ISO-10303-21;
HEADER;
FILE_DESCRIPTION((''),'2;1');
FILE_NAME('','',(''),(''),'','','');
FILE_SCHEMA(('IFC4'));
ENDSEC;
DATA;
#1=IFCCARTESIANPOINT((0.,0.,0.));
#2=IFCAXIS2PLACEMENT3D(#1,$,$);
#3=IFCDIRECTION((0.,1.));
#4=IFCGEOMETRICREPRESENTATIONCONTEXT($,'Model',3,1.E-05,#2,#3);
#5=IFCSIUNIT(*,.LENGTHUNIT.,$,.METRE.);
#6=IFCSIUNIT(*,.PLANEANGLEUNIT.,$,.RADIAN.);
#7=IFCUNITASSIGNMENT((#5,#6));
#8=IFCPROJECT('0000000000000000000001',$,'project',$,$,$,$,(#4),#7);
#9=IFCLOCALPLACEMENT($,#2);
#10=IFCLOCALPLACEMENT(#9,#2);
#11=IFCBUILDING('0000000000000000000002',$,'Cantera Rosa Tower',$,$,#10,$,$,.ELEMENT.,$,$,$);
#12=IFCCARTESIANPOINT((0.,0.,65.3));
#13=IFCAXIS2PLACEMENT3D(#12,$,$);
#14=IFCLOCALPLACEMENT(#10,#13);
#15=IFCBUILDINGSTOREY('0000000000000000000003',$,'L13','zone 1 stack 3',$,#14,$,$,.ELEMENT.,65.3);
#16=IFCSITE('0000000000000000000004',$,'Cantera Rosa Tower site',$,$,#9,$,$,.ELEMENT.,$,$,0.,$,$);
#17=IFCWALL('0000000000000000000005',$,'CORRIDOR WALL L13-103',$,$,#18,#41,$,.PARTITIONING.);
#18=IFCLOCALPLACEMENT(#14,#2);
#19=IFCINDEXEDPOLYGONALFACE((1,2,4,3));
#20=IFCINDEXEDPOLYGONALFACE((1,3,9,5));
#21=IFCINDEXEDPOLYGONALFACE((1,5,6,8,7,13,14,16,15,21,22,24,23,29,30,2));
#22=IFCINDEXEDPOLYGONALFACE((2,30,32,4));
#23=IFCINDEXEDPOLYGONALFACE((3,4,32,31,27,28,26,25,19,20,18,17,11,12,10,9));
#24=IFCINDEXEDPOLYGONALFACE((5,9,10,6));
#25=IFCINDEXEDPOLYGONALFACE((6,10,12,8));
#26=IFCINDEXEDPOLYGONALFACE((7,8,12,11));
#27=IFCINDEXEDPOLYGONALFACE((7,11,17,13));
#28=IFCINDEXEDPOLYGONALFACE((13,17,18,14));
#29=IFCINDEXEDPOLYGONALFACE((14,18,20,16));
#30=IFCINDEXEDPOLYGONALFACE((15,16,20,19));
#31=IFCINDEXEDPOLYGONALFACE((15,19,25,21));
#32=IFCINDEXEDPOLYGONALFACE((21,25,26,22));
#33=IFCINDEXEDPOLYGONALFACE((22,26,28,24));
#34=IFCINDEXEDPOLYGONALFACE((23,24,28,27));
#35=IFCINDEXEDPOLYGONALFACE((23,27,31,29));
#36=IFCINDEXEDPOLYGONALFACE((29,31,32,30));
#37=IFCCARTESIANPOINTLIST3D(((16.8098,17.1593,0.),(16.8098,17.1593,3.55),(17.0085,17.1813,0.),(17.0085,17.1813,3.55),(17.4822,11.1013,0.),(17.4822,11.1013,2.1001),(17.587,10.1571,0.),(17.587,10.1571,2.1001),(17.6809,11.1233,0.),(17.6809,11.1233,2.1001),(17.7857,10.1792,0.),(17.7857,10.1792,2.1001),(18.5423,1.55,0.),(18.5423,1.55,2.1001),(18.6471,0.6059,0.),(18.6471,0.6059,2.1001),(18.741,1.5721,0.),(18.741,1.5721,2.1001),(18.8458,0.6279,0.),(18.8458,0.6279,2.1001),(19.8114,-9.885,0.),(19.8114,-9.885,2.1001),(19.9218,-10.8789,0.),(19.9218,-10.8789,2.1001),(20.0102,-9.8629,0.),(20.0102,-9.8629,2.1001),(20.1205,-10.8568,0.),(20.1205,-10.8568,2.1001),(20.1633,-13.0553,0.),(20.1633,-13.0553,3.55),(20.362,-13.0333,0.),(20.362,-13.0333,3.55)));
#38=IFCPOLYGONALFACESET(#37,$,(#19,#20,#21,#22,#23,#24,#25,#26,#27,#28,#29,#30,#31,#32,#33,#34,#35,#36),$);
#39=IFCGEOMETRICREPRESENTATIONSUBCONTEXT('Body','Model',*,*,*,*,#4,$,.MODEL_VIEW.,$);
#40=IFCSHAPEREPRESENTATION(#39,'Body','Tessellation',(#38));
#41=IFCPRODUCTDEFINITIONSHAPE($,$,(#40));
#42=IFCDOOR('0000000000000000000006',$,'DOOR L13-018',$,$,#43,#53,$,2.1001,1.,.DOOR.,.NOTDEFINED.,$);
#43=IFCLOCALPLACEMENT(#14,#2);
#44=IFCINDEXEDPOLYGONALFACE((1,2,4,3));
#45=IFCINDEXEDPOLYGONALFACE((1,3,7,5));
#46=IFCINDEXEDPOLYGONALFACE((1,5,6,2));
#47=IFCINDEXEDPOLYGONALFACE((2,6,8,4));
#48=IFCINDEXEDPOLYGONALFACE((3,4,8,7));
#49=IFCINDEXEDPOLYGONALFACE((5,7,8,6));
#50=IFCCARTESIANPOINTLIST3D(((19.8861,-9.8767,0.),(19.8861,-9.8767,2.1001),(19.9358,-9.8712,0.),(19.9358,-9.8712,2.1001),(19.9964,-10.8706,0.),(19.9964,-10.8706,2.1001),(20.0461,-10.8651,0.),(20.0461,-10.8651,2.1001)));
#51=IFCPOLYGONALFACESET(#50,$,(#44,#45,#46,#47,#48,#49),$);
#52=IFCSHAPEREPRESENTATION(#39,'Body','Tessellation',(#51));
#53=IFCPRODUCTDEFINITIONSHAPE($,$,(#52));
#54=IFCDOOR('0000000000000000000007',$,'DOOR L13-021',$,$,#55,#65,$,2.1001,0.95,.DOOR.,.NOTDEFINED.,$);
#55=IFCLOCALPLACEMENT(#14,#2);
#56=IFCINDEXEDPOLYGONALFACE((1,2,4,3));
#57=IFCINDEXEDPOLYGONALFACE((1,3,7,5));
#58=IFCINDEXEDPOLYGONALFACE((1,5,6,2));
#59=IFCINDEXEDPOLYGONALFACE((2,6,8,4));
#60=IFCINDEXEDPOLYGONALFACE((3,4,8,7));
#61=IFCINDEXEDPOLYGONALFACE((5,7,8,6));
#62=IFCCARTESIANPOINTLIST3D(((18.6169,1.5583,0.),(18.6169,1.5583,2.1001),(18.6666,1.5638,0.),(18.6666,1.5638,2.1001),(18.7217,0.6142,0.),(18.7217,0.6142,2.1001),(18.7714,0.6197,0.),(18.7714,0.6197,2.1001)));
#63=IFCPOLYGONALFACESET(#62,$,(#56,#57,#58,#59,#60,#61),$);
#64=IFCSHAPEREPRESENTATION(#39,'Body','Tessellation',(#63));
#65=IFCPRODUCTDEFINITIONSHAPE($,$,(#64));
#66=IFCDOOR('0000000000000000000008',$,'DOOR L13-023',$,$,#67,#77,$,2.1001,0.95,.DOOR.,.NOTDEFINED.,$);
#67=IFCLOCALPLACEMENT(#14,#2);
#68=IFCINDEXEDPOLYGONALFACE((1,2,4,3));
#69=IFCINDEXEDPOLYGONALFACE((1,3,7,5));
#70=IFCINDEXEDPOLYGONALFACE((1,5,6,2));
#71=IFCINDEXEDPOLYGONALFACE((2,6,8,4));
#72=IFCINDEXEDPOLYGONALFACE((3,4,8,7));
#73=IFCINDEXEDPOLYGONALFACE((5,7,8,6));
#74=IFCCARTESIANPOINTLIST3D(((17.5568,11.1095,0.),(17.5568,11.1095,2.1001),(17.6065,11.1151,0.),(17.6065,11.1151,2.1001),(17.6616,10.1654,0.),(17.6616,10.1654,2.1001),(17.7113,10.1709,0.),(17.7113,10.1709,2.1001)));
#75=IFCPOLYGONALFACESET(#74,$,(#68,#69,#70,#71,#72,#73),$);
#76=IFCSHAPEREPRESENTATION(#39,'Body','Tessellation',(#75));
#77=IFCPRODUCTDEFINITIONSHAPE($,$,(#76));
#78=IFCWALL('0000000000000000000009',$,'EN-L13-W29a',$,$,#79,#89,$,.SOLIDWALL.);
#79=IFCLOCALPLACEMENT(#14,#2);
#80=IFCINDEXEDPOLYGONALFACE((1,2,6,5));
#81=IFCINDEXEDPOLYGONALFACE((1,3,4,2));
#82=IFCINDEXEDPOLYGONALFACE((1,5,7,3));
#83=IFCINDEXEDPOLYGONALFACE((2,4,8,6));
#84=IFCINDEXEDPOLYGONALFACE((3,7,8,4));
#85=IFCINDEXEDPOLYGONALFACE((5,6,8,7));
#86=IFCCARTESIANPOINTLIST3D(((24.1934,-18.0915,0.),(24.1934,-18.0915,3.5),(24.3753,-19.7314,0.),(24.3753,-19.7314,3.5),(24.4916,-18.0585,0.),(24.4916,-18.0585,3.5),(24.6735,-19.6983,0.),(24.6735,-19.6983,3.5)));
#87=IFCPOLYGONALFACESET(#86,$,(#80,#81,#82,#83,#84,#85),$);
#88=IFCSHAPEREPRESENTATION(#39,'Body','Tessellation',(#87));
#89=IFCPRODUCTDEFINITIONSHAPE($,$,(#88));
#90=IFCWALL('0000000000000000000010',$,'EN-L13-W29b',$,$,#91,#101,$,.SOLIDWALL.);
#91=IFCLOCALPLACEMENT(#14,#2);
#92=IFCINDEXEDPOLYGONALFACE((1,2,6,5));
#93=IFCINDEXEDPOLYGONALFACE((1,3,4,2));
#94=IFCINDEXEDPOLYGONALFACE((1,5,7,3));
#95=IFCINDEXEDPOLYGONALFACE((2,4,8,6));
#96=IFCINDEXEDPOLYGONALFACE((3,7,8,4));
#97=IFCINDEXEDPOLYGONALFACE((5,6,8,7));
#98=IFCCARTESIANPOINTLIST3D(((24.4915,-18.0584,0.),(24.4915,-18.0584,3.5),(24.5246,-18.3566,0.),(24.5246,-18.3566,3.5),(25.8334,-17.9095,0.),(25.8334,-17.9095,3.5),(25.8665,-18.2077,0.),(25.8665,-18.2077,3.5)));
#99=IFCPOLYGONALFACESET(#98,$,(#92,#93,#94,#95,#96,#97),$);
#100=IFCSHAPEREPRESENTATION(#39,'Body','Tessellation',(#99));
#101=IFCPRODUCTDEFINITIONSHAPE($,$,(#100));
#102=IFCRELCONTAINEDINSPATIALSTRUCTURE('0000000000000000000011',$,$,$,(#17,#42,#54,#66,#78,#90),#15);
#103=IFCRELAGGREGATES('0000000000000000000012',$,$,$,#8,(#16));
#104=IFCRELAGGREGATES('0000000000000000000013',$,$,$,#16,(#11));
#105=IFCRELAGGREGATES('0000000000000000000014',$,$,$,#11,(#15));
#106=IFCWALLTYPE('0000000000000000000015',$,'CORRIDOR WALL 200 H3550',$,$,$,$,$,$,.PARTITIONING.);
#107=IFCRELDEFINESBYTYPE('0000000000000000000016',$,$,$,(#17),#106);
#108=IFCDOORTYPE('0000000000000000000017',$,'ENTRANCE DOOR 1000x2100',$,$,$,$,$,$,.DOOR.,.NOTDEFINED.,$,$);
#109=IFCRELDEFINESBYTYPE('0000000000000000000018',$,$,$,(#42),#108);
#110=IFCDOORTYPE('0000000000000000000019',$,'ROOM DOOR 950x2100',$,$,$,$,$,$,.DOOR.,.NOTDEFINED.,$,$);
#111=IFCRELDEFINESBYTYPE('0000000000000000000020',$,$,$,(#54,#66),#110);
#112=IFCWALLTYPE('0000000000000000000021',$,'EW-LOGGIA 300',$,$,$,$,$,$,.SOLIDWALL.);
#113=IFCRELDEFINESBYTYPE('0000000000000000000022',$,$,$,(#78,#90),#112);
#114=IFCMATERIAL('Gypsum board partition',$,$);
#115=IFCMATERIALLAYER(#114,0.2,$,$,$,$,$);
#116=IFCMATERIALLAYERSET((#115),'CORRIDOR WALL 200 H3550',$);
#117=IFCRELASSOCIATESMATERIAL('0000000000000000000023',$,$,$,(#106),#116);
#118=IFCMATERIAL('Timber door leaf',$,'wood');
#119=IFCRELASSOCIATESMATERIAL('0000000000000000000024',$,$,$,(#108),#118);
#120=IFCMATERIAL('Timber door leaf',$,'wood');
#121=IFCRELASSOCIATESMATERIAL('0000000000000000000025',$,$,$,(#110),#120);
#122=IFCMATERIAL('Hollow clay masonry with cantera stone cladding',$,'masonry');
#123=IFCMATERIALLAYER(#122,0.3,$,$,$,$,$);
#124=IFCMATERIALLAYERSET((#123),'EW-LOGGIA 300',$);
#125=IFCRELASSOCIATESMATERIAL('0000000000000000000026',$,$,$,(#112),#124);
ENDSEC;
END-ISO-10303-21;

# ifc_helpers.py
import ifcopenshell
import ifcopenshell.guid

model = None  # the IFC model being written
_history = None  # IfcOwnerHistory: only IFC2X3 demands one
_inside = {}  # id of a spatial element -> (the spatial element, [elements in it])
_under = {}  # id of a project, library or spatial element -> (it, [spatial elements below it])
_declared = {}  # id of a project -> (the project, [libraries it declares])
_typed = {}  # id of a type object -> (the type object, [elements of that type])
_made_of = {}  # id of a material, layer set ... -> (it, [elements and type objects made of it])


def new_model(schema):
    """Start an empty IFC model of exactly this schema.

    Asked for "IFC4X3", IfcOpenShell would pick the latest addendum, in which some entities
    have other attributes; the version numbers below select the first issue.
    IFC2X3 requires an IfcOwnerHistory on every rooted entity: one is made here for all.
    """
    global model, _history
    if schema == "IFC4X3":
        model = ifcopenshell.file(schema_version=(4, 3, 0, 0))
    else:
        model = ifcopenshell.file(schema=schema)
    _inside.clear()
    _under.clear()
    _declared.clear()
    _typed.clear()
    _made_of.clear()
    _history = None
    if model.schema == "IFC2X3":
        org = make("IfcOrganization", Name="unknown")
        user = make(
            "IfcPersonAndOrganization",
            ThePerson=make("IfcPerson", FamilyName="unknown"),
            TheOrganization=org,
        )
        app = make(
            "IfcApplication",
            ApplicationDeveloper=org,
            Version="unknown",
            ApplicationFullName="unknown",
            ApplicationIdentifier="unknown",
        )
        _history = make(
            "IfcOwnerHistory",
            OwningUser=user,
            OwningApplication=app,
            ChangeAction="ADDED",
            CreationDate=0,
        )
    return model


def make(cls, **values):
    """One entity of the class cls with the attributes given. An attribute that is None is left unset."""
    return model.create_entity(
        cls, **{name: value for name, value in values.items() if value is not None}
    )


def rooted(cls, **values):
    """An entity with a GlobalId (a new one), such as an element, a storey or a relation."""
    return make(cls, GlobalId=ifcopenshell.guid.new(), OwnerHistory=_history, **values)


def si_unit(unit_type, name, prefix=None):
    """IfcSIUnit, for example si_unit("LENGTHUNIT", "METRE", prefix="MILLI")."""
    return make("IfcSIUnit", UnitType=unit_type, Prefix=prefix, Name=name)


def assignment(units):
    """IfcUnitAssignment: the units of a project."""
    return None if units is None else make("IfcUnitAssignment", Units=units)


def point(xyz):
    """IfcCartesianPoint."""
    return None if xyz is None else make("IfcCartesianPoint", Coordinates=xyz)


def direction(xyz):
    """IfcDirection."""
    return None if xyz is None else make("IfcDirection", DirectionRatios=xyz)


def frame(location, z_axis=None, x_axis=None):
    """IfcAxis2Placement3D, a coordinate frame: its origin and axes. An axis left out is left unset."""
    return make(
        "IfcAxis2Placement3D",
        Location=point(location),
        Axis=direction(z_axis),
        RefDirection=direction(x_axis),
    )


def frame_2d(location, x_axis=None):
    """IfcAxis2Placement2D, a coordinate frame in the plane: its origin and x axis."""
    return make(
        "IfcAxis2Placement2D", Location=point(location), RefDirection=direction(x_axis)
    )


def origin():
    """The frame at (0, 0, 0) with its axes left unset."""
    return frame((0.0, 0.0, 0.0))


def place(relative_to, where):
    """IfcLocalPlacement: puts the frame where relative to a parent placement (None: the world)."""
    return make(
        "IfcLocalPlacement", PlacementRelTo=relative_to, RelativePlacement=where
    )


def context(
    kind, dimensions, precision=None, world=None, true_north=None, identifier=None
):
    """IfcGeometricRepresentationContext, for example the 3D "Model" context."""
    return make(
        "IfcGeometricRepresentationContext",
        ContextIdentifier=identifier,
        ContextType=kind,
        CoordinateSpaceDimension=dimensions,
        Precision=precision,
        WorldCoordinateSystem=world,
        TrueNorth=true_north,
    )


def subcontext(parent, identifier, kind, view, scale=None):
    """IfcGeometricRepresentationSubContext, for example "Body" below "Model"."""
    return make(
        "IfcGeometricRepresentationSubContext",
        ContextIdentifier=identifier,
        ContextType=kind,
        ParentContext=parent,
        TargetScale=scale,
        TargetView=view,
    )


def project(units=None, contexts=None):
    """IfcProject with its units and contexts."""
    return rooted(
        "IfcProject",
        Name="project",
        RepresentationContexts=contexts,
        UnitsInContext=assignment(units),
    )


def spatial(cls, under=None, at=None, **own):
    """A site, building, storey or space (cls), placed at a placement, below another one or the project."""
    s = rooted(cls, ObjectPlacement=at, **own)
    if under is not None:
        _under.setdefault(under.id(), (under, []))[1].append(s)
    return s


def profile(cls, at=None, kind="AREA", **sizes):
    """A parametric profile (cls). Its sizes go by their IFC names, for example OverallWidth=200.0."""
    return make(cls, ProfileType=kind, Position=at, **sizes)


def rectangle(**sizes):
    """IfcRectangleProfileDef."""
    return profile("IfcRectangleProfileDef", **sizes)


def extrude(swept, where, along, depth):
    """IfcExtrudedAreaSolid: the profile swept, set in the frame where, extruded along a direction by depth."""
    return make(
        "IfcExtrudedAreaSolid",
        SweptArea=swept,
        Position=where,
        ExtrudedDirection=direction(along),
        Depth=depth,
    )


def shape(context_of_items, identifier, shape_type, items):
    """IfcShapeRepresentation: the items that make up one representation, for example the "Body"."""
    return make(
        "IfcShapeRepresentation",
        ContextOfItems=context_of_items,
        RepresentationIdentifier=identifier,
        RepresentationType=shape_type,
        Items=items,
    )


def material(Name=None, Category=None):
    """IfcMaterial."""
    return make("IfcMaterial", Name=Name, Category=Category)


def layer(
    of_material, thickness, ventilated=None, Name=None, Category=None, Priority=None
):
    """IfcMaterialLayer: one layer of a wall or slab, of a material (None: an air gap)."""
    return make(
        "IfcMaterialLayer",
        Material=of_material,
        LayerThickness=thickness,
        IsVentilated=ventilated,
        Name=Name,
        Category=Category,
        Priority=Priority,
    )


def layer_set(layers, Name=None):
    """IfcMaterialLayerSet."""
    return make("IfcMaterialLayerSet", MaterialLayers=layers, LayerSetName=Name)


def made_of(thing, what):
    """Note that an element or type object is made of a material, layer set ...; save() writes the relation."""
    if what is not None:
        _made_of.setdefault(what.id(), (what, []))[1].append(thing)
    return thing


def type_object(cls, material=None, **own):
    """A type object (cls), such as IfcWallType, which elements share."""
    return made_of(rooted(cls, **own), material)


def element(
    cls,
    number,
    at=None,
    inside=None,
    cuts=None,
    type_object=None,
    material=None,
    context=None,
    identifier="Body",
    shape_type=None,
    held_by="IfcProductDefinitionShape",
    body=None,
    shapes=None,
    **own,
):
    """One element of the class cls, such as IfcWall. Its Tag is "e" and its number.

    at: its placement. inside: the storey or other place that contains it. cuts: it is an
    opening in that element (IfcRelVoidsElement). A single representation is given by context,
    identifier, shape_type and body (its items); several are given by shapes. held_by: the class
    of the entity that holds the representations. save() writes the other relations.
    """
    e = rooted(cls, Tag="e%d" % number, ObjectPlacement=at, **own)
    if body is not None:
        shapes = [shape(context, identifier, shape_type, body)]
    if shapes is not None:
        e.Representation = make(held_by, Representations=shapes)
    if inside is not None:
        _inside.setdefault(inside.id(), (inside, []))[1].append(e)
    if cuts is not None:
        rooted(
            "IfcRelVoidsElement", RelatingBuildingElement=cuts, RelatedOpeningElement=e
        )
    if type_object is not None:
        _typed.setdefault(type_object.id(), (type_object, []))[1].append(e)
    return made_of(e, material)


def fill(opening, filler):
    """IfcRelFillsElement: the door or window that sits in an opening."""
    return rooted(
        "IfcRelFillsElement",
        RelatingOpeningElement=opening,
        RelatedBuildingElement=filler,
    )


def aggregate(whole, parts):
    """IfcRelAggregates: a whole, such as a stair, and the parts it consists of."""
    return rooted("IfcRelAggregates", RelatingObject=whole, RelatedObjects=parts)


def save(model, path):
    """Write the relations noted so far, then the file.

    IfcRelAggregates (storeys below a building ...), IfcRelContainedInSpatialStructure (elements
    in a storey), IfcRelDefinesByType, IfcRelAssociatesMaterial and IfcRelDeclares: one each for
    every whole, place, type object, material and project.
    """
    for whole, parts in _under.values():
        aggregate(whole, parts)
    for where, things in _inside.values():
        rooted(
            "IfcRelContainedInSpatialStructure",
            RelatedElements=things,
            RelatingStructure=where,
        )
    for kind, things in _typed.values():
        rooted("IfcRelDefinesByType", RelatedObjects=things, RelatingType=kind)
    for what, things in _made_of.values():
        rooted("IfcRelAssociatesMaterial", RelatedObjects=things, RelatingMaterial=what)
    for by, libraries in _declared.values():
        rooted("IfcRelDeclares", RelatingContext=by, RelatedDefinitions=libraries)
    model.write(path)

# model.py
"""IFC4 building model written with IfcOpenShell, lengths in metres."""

from ifc_helpers import new_model, si_unit, direction, frame, frame_2d, origin, place, context, subcontext, project, spatial, rectangle, extrude, material, layer, layer_set, type_object, element, fill, save


model = new_model("IFC4")

# Units and contexts
model_context = context("Model", 3, precision=1e-05, world=origin(), true_north=direction((0.0, 1.0)))
body_context = subcontext(model_context, "Body", "Model", "MODEL_VIEW")
ifc_project = project(units=[si_unit("LENGTHUNIT", "METRE"), si_unit("PLANEANGLEUNIT", "RADIAN")], contexts=[model_context])

# Site, building, storey
site_placement = place(None, origin())
site = spatial("IfcSite", under=ifc_project, at=site_placement, Name="Cantera Rosa Tower site", CompositionType="ELEMENT", RefElevation=0.0)
building_placement = place(site_placement, origin())
building = spatial("IfcBuilding", under=site, at=building_placement, Name="Cantera Rosa Tower", CompositionType="ELEMENT")
storey_placement = place(building_placement, frame((0.0, 0.0, 65.3)))
storey = spatial("IfcBuildingStorey", under=building, at=storey_placement, Name="L13", Description="zone 1 stack 3", CompositionType="ELEMENT", Elevation=65.3)

# Wall, openings, doors
ifc_material_1 = material(Name="Gypsum board partition")
ifc_layer_1 = layer(ifc_material_1, 0.2)
ifc_layer_set_1 = layer_set([ifc_layer_1], Name="CORRIDOR WALL 200 H3550")
wall_type_1 = type_object("IfcWallType", Name="CORRIDOR WALL 200 H3550", PredefinedType="PARTITIONING", material=ifc_layer_set_1)
wall_1_placement = place(storey_placement, frame((20.2627, -13.0444, 0.0), z_axis=(0.0, 0.0, 1.0), x_axis=(-0.110313, 0.993897, 0.0)))
wall_1 = element("IfcWall", 1, at=wall_1_placement, inside=storey, type_object=wall_type_1, Name="CORRIDOR WALL L13-103", PredefinedType="PARTITIONING", context=body_context, shape_type="SweptSolid", body=[
    extrude(rectangle(XDim=30.4001, YDim=0.2, at=frame_2d((15.2002, 0.0))), origin(), (0.0, 0.0, 1.0), 3.55),
])
opening_1_placement = place(wall_1_placement, frame((2.1899, 0.0, 0.0)))
opening_1 = element("IfcOpeningElement", 2, at=opening_1_placement, cuts=wall_1, PredefinedType="OPENING", context=body_context, shape_type="SweptSolid", body=[
    extrude(rectangle(XDim=1.0, YDim=2.1001, at=frame_2d((0.5, 1.05))), frame((0.0, 0.1099, 0.0), z_axis=(0.0, -1.0, 0.0), x_axis=(1.0, 0.0, 0.0)), (0.0, 0.0, 1.0), 0.22),
])
opening_2_placement = place(wall_1_placement, frame((13.7451, 0.0, 0.0)))
opening_2 = element("IfcOpeningElement", 3, at=opening_2_placement, cuts=wall_1, PredefinedType="OPENING", context=body_context, shape_type="SweptSolid", body=[
    extrude(rectangle(XDim=0.95, YDim=2.1001, at=frame_2d((0.4751, 1.05))), frame((0.0, 0.1099, 0.0), z_axis=(0.0, -1.0, 0.0), x_axis=(1.0, 0.0, 0.0)), (0.0, 0.0, 1.0), 0.22),
])
opening_3_placement = place(wall_1_placement, frame((23.355, 0.0, 0.0)))
opening_3 = element("IfcOpeningElement", 4, at=opening_3_placement, cuts=wall_1, PredefinedType="OPENING", context=body_context, shape_type="SweptSolid", body=[
    extrude(rectangle(XDim=0.95, YDim=2.1001, at=frame_2d((0.4751, 1.05))), frame((0.0, 0.1099, 0.0), z_axis=(0.0, -1.0, 0.0), x_axis=(1.0, 0.0, 0.0)), (0.0, 0.0, 1.0), 0.22),
])
ifc_material_2 = material(Name="Timber door leaf", Category="wood")
door_type_1 = type_object("IfcDoorType", Name="ENTRANCE DOOR 1000x2100", OperationType="NOTDEFINED", PredefinedType="DOOR", material=ifc_material_2)
door_1_placement = place(opening_1_placement, origin())
door_1 = element("IfcDoor", 5, at=door_1_placement, inside=storey, type_object=door_type_1, Name="DOOR L13-018", OperationType="NOTDEFINED", OverallHeight=2.1001, OverallWidth=1.0, PredefinedType="DOOR", context=body_context, shape_type="SweptSolid", body=[
    extrude(rectangle(XDim=1.0, YDim=2.1001, at=frame_2d((0.5, 1.05))), frame((0.0, 0.0249, 0.0), z_axis=(0.0, -1.0, 0.0), x_axis=(1.0, 0.0, 0.0)), (0.0, 0.0, 1.0), 0.05),
])
fill(opening_1, door_1)
ifc_material_3 = material(Name="Timber door leaf", Category="wood")
door_type_2 = type_object("IfcDoorType", Name="ROOM DOOR 950x2100", OperationType="NOTDEFINED", PredefinedType="DOOR", material=ifc_material_3)
door_2_placement = place(opening_2_placement, origin())
door_2 = element("IfcDoor", 6, at=door_2_placement, inside=storey, type_object=door_type_2, Name="DOOR L13-021", OperationType="NOTDEFINED", OverallHeight=2.1001, OverallWidth=0.95, PredefinedType="DOOR", context=body_context, shape_type="SweptSolid", body=[
    extrude(rectangle(XDim=0.95, YDim=2.1001, at=frame_2d((0.4751, 1.05))), frame((0.0, 0.0249, 0.0), z_axis=(0.0, -1.0, 0.0), x_axis=(1.0, 0.0, 0.0)), (0.0, 0.0, 1.0), 0.05),
])
fill(opening_2, door_2)
door_3_placement = place(opening_3_placement, origin())
door_3 = element("IfcDoor", 7, at=door_3_placement, inside=storey, type_object=door_type_2, Name="DOOR L13-023", OperationType="NOTDEFINED", OverallHeight=2.1001, OverallWidth=0.95, PredefinedType="DOOR", context=body_context, shape_type="SweptSolid", body=[
    extrude(rectangle(XDim=0.95, YDim=2.1001, at=frame_2d((0.4751, 1.05))), frame((0.0, 0.0249, 0.0), z_axis=(0.0, -1.0, 0.0), x_axis=(1.0, 0.0, 0.0)), (0.0, 0.0, 1.0), 0.05),
])
fill(opening_3, door_3)

# Walls
ifc_material_4 = material(Name="Hollow clay masonry with cantera stone cladding", Category="masonry")
ifc_layer_2 = layer(ifc_material_4, 0.3)
ifc_layer_set_2 = layer_set([ifc_layer_2], Name="EW-LOGGIA 300")
wall_type_2 = type_object("IfcWallType", Name="EW-LOGGIA 300", PredefinedType="SOLIDWALL", material=ifc_layer_set_2)
wall_2_placement = place(storey_placement, frame((24.5244, -19.7148, 0.0), z_axis=(0.0, 0.0, 1.0), x_axis=(-0.110237, 0.993905, 0.0)))
element("IfcWall", 8, at=wall_2_placement, inside=storey, type_object=wall_type_2, Name="EN-L13-W29a", PredefinedType="SOLIDWALL", context=body_context, shape_type="SweptSolid", body=[
    extrude(rectangle(XDim=1.6499, YDim=0.3, at=frame_2d((0.825, 0.0))), origin(), (0.0, 0.0, 1.0), 3.5),
])
wall_3_placement = place(storey_placement, frame((24.5081, -18.2075, 0.0), z_axis=(0.0, 0.0, 1.0), x_axis=(0.993897, 0.110312, 0.0)))
element("IfcWall", 9, at=wall_3_placement, inside=storey, type_object=wall_type_2, Name="EN-L13-W29b", PredefinedType="SOLIDWALL", context=body_context, shape_type="SweptSolid", body=[
    extrude(rectangle(XDim=1.3501, YDim=0.3, at=frame_2d((0.675, 0.0))), origin(), (0.0, 0.0, 1.0), 3.5),
])

save(model, "model.ifc")
